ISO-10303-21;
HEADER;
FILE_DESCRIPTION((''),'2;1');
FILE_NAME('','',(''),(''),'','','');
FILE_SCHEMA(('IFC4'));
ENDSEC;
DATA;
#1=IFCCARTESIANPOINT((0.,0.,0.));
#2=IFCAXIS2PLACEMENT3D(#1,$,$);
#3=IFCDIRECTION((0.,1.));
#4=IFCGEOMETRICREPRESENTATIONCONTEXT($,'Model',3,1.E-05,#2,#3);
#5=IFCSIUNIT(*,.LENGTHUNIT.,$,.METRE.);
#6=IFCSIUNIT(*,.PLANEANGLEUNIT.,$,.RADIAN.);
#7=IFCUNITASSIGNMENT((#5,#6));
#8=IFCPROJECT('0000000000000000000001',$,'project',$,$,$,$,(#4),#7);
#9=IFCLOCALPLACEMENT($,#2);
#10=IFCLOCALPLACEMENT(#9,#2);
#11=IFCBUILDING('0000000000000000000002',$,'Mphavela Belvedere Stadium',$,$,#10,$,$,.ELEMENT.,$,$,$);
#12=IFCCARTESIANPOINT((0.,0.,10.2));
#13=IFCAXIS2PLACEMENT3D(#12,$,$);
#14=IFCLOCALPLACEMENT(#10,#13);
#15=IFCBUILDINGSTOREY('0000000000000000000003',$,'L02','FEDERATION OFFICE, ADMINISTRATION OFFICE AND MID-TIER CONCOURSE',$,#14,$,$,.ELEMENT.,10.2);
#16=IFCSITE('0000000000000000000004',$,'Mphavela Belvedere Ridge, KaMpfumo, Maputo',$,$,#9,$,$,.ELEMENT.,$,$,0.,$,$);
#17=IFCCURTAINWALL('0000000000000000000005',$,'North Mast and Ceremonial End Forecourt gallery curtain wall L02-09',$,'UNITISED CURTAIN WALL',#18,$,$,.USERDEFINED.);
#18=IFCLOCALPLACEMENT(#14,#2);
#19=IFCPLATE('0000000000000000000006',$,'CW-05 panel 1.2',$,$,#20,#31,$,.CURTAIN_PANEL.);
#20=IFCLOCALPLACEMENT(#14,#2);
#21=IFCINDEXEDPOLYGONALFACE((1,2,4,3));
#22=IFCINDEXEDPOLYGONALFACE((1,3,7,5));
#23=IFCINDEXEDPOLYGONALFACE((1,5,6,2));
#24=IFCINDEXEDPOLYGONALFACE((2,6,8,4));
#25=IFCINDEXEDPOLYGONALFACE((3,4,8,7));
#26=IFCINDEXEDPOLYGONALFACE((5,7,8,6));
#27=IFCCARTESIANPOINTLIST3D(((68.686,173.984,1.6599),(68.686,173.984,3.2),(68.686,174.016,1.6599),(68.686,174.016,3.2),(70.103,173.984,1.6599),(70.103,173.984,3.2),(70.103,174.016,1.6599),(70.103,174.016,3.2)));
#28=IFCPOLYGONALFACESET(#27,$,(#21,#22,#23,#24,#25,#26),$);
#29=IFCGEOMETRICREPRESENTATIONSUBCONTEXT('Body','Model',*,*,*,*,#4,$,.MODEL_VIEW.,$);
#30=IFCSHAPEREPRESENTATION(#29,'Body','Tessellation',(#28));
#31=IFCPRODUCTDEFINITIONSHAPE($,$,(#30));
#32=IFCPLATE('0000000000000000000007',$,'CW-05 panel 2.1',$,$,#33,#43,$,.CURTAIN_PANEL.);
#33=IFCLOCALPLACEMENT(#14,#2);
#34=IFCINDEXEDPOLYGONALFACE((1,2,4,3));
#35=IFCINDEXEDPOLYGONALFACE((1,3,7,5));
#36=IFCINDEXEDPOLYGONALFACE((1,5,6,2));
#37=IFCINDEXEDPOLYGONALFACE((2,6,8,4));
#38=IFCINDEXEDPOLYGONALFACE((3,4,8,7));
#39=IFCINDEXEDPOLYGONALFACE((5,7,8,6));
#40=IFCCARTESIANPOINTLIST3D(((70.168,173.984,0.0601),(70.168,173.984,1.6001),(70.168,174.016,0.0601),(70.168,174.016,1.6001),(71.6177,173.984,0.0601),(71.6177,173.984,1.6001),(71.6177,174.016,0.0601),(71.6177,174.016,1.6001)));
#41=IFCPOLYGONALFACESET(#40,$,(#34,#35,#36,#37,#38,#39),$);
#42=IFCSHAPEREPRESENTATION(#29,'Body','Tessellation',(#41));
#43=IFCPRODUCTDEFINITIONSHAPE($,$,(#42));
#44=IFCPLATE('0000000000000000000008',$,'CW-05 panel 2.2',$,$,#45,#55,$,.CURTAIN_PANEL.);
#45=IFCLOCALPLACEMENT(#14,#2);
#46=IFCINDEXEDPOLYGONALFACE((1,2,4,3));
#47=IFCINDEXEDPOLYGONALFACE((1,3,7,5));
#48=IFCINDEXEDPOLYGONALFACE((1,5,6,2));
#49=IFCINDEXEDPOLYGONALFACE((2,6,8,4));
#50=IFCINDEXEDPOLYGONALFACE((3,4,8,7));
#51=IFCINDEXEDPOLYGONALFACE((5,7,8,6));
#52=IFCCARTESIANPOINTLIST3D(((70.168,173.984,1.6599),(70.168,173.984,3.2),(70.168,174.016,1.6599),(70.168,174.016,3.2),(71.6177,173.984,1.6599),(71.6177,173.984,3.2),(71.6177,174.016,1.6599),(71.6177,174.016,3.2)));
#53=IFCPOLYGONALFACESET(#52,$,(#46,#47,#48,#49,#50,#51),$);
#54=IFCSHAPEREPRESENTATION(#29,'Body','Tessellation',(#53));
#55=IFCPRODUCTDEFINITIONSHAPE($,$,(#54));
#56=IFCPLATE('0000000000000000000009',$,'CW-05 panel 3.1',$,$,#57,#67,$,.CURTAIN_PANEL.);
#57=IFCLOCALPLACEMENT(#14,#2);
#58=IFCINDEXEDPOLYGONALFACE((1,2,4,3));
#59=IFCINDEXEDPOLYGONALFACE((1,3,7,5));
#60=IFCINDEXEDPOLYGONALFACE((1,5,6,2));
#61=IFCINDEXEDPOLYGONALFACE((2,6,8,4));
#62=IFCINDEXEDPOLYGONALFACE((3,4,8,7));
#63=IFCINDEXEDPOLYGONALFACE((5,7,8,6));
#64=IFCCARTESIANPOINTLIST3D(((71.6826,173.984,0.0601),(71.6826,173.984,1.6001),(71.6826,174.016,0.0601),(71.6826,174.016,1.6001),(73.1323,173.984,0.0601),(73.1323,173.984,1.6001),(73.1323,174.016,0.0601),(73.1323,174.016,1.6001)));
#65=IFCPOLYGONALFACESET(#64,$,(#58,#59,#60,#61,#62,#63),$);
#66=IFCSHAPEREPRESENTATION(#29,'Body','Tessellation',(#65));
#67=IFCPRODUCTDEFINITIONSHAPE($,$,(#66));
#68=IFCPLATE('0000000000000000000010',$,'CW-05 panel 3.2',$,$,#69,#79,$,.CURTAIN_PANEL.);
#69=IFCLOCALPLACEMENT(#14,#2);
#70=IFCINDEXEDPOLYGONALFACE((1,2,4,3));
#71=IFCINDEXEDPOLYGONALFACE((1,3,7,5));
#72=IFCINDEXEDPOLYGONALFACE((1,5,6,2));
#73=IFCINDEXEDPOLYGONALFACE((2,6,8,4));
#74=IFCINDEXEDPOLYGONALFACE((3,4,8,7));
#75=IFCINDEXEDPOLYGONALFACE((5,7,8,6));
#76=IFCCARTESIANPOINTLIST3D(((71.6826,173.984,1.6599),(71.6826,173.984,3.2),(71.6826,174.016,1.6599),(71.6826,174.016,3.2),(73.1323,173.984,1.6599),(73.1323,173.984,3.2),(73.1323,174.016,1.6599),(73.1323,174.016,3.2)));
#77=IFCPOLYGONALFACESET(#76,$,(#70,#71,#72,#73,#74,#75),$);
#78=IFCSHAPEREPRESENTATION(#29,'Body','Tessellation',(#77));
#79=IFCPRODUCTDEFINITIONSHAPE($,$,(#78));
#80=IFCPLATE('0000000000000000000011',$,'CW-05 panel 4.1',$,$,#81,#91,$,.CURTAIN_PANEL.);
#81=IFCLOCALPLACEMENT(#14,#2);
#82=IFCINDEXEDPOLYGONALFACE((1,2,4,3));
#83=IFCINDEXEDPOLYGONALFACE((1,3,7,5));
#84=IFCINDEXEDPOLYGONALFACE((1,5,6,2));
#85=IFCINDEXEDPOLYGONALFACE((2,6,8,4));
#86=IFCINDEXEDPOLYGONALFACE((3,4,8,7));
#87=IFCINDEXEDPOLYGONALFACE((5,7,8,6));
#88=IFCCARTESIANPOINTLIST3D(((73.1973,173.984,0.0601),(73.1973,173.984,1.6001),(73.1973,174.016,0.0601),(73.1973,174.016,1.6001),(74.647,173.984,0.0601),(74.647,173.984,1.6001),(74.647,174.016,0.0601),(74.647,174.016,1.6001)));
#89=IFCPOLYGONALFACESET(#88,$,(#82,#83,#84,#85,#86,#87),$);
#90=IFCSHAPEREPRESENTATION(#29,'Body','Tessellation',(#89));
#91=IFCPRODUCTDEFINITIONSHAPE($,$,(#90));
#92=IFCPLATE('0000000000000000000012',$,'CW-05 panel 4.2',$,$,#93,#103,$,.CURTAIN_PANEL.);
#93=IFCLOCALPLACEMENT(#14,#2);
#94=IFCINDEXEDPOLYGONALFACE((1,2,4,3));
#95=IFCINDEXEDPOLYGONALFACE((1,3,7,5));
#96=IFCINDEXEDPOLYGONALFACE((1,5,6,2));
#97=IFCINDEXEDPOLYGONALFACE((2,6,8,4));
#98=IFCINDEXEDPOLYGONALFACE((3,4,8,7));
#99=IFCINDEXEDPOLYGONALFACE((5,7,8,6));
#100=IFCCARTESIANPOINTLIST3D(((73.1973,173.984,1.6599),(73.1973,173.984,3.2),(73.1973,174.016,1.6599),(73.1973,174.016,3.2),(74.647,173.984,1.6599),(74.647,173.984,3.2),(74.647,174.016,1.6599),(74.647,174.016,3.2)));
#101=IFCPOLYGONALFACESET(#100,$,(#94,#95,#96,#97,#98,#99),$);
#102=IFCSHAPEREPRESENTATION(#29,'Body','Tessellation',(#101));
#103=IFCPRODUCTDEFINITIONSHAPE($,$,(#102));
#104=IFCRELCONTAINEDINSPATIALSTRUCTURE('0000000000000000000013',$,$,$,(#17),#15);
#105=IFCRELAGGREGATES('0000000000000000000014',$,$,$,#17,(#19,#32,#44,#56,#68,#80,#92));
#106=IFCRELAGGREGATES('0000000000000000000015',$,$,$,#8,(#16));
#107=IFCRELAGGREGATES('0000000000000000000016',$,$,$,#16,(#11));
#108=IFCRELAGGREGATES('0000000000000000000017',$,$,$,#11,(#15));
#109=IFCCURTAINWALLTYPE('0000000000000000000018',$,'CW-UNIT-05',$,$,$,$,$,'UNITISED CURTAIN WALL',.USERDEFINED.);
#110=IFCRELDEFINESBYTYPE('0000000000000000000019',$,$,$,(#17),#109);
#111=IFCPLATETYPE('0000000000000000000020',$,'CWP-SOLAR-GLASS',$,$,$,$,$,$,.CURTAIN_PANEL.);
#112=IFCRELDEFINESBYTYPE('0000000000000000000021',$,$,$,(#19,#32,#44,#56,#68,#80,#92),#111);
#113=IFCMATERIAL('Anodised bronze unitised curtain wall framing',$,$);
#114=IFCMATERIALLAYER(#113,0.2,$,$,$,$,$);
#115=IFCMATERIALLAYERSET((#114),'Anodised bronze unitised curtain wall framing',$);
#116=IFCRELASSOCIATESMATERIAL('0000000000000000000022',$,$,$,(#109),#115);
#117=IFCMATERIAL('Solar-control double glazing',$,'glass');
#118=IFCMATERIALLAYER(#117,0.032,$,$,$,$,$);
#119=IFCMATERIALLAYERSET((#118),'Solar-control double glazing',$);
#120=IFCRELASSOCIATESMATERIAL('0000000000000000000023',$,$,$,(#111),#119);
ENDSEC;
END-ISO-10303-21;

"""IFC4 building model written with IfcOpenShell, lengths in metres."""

from ifc_helpers import new_model, si_unit, direction, frame, origin, origin_2d, place, context, subcontext, project, spatial, rectangle, extrude, material, layer, layer_set, type_object, element, aggregate, save


model = new_model("IFC4")

# Units and contexts
model_context = context("Model", 3, precision=1e-05, world=origin(), true_north=direction((0.0, 1.0)))
body_context = subcontext(model_context, "Body", "Model", "MODEL_VIEW")
ifc_project = project(units=[si_unit("LENGTHUNIT", "METRE"), si_unit("PLANEANGLEUNIT", "RADIAN")], contexts=[model_context])

# Site, building, storey
site_placement = place(None, origin())
site = spatial("IfcSite", under=ifc_project, at=site_placement, Name="Mphavela Belvedere Ridge, KaMpfumo, Maputo", CompositionType="ELEMENT", RefElevation=0.0)
building_placement = place(site_placement, origin())
building = spatial("IfcBuilding", under=site, at=building_placement, Name="Mphavela Belvedere Stadium", CompositionType="ELEMENT")
storey_placement = place(building_placement, frame((0.0, 0.0, 10.2)))
storey = spatial("IfcBuildingStorey", under=building, at=storey_placement, Name="L02", Description="FEDERATION OFFICE, ADMINISTRATION OFFICE AND MID-TIER CONCOURSE", CompositionType="ELEMENT", Elevation=10.2)

# Curtain wall, plates
ifc_material_1 = material(Name="Anodised bronze unitised curtain wall framing")
ifc_layer_1 = layer(ifc_material_1, 0.2)
ifc_layer_set_1 = layer_set([ifc_layer_1], Name="Anodised bronze unitised curtain wall framing")
curtain_wall_type = type_object("IfcCurtainWallType", Name="CW-UNIT-05", ElementType="UNITISED CURTAIN WALL", PredefinedType="USERDEFINED", material=ifc_layer_set_1)
curtain_wall_placement = place(storey_placement, origin())
curtain_wall = element("IfcCurtainWall", 1, at=curtain_wall_placement, inside=storey, type_object=curtain_wall_type, Name="North Mast and Ceremonial End Forecourt gallery curtain wall L02-09", ObjectType="UNITISED CURTAIN WALL", PredefinedType="USERDEFINED")
ifc_material_2 = material(Name="Solar-control double glazing", Category="glass")
ifc_layer_2 = layer(ifc_material_2, 0.032)
ifc_layer_set_2 = layer_set([ifc_layer_2], Name="Solar-control double glazing")
plate_type = type_object("IfcPlateType", Name="CWP-SOLAR-GLASS", PredefinedType="CURTAIN_PANEL", material=ifc_layer_set_2)
plate_1_placement = place(storey_placement, frame((69.3945, 174.0, 1.6599), z_axis=(0.0, 0.0, 1.0), x_axis=(1.0, 0.0, 0.0)))
plate_1 = element("IfcPlate", 2, at=plate_1_placement, type_object=plate_type, Name="CW-05 panel 1.2", PredefinedType="CURTAIN_PANEL", context=body_context, shape_type="SweptSolid", body=[
    extrude(rectangle(XDim=1.417, YDim=0.032, at=origin_2d()), origin(), (0.0, 0.0, 1.0), 1.54),
])
plate_2_placement = place(storey_placement, frame((70.8928, 174.0, 0.0601), z_axis=(0.0, 0.0, 1.0), x_axis=(1.0, 0.0, 0.0)))
plate_2 = element("IfcPlate", 3, at=plate_2_placement, type_object=plate_type, Name="CW-05 panel 2.1", PredefinedType="CURTAIN_PANEL", context=body_context, shape_type="SweptSolid", body=[
    extrude(rectangle(XDim=1.4497, YDim=0.032, at=origin_2d()), origin(), (0.0, 0.0, 1.0), 1.54),
])
plate_3_placement = place(storey_placement, frame((70.8928, 174.0, 1.6599), z_axis=(0.0, 0.0, 1.0), x_axis=(1.0, 0.0, 0.0)))
plate_3 = element("IfcPlate", 4, at=plate_3_placement, type_object=plate_type, Name="CW-05 panel 2.2", PredefinedType="CURTAIN_PANEL", context=body_context, shape_type="SweptSolid", body=[
    extrude(rectangle(XDim=1.4497, YDim=0.032, at=origin_2d()), origin(), (0.0, 0.0, 1.0), 1.54),
])
plate_4_placement = place(storey_placement, frame((72.4075, 174.0, 0.0601), z_axis=(0.0, 0.0, 1.0), x_axis=(1.0, 0.0, 0.0)))
plate_4 = element("IfcPlate", 5, at=plate_4_placement, type_object=plate_type, Name="CW-05 panel 3.1", PredefinedType="CURTAIN_PANEL", context=body_context, shape_type="SweptSolid", body=[
    extrude(rectangle(XDim=1.4497, YDim=0.032, at=origin_2d()), origin(), (0.0, 0.0, 1.0), 1.54),
])
plate_5_placement = place(storey_placement, frame((72.4075, 174.0, 1.6599), z_axis=(0.0, 0.0, 1.0), x_axis=(1.0, 0.0, 0.0)))
plate_5 = element("IfcPlate", 6, at=plate_5_placement, type_object=plate_type, Name="CW-05 panel 3.2", PredefinedType="CURTAIN_PANEL", context=body_context, shape_type="SweptSolid", body=[
    extrude(rectangle(XDim=1.4497, YDim=0.032, at=origin_2d()), origin(), (0.0, 0.0, 1.0), 1.54),
])
plate_6_placement = place(storey_placement, frame((73.9221, 174.0, 0.0601), z_axis=(0.0, 0.0, 1.0), x_axis=(1.0, 0.0, 0.0)))
plate_6 = element("IfcPlate", 7, at=plate_6_placement, type_object=plate_type, Name="CW-05 panel 4.1", PredefinedType="CURTAIN_PANEL", context=body_context, shape_type="SweptSolid", body=[
    extrude(rectangle(XDim=1.4497, YDim=0.032, at=origin_2d()), origin(), (0.0, 0.0, 1.0), 1.54),
])
plate_7_placement = place(storey_placement, frame((73.9221, 174.0, 1.6599), z_axis=(0.0, 0.0, 1.0), x_axis=(1.0, 0.0, 0.0)))
plate_7 = element("IfcPlate", 8, at=plate_7_placement, type_object=plate_type, Name="CW-05 panel 4.2", PredefinedType="CURTAIN_PANEL", context=body_context, shape_type="SweptSolid", body=[
    extrude(rectangle(XDim=1.4497, YDim=0.032, at=origin_2d()), origin(), (0.0, 0.0, 1.0), 1.54),
])
aggregate(curtain_wall, [plate_1, plate_2, plate_3, plate_4, plate_5, plate_6, plate_7])

save(model, "model.ifc")
